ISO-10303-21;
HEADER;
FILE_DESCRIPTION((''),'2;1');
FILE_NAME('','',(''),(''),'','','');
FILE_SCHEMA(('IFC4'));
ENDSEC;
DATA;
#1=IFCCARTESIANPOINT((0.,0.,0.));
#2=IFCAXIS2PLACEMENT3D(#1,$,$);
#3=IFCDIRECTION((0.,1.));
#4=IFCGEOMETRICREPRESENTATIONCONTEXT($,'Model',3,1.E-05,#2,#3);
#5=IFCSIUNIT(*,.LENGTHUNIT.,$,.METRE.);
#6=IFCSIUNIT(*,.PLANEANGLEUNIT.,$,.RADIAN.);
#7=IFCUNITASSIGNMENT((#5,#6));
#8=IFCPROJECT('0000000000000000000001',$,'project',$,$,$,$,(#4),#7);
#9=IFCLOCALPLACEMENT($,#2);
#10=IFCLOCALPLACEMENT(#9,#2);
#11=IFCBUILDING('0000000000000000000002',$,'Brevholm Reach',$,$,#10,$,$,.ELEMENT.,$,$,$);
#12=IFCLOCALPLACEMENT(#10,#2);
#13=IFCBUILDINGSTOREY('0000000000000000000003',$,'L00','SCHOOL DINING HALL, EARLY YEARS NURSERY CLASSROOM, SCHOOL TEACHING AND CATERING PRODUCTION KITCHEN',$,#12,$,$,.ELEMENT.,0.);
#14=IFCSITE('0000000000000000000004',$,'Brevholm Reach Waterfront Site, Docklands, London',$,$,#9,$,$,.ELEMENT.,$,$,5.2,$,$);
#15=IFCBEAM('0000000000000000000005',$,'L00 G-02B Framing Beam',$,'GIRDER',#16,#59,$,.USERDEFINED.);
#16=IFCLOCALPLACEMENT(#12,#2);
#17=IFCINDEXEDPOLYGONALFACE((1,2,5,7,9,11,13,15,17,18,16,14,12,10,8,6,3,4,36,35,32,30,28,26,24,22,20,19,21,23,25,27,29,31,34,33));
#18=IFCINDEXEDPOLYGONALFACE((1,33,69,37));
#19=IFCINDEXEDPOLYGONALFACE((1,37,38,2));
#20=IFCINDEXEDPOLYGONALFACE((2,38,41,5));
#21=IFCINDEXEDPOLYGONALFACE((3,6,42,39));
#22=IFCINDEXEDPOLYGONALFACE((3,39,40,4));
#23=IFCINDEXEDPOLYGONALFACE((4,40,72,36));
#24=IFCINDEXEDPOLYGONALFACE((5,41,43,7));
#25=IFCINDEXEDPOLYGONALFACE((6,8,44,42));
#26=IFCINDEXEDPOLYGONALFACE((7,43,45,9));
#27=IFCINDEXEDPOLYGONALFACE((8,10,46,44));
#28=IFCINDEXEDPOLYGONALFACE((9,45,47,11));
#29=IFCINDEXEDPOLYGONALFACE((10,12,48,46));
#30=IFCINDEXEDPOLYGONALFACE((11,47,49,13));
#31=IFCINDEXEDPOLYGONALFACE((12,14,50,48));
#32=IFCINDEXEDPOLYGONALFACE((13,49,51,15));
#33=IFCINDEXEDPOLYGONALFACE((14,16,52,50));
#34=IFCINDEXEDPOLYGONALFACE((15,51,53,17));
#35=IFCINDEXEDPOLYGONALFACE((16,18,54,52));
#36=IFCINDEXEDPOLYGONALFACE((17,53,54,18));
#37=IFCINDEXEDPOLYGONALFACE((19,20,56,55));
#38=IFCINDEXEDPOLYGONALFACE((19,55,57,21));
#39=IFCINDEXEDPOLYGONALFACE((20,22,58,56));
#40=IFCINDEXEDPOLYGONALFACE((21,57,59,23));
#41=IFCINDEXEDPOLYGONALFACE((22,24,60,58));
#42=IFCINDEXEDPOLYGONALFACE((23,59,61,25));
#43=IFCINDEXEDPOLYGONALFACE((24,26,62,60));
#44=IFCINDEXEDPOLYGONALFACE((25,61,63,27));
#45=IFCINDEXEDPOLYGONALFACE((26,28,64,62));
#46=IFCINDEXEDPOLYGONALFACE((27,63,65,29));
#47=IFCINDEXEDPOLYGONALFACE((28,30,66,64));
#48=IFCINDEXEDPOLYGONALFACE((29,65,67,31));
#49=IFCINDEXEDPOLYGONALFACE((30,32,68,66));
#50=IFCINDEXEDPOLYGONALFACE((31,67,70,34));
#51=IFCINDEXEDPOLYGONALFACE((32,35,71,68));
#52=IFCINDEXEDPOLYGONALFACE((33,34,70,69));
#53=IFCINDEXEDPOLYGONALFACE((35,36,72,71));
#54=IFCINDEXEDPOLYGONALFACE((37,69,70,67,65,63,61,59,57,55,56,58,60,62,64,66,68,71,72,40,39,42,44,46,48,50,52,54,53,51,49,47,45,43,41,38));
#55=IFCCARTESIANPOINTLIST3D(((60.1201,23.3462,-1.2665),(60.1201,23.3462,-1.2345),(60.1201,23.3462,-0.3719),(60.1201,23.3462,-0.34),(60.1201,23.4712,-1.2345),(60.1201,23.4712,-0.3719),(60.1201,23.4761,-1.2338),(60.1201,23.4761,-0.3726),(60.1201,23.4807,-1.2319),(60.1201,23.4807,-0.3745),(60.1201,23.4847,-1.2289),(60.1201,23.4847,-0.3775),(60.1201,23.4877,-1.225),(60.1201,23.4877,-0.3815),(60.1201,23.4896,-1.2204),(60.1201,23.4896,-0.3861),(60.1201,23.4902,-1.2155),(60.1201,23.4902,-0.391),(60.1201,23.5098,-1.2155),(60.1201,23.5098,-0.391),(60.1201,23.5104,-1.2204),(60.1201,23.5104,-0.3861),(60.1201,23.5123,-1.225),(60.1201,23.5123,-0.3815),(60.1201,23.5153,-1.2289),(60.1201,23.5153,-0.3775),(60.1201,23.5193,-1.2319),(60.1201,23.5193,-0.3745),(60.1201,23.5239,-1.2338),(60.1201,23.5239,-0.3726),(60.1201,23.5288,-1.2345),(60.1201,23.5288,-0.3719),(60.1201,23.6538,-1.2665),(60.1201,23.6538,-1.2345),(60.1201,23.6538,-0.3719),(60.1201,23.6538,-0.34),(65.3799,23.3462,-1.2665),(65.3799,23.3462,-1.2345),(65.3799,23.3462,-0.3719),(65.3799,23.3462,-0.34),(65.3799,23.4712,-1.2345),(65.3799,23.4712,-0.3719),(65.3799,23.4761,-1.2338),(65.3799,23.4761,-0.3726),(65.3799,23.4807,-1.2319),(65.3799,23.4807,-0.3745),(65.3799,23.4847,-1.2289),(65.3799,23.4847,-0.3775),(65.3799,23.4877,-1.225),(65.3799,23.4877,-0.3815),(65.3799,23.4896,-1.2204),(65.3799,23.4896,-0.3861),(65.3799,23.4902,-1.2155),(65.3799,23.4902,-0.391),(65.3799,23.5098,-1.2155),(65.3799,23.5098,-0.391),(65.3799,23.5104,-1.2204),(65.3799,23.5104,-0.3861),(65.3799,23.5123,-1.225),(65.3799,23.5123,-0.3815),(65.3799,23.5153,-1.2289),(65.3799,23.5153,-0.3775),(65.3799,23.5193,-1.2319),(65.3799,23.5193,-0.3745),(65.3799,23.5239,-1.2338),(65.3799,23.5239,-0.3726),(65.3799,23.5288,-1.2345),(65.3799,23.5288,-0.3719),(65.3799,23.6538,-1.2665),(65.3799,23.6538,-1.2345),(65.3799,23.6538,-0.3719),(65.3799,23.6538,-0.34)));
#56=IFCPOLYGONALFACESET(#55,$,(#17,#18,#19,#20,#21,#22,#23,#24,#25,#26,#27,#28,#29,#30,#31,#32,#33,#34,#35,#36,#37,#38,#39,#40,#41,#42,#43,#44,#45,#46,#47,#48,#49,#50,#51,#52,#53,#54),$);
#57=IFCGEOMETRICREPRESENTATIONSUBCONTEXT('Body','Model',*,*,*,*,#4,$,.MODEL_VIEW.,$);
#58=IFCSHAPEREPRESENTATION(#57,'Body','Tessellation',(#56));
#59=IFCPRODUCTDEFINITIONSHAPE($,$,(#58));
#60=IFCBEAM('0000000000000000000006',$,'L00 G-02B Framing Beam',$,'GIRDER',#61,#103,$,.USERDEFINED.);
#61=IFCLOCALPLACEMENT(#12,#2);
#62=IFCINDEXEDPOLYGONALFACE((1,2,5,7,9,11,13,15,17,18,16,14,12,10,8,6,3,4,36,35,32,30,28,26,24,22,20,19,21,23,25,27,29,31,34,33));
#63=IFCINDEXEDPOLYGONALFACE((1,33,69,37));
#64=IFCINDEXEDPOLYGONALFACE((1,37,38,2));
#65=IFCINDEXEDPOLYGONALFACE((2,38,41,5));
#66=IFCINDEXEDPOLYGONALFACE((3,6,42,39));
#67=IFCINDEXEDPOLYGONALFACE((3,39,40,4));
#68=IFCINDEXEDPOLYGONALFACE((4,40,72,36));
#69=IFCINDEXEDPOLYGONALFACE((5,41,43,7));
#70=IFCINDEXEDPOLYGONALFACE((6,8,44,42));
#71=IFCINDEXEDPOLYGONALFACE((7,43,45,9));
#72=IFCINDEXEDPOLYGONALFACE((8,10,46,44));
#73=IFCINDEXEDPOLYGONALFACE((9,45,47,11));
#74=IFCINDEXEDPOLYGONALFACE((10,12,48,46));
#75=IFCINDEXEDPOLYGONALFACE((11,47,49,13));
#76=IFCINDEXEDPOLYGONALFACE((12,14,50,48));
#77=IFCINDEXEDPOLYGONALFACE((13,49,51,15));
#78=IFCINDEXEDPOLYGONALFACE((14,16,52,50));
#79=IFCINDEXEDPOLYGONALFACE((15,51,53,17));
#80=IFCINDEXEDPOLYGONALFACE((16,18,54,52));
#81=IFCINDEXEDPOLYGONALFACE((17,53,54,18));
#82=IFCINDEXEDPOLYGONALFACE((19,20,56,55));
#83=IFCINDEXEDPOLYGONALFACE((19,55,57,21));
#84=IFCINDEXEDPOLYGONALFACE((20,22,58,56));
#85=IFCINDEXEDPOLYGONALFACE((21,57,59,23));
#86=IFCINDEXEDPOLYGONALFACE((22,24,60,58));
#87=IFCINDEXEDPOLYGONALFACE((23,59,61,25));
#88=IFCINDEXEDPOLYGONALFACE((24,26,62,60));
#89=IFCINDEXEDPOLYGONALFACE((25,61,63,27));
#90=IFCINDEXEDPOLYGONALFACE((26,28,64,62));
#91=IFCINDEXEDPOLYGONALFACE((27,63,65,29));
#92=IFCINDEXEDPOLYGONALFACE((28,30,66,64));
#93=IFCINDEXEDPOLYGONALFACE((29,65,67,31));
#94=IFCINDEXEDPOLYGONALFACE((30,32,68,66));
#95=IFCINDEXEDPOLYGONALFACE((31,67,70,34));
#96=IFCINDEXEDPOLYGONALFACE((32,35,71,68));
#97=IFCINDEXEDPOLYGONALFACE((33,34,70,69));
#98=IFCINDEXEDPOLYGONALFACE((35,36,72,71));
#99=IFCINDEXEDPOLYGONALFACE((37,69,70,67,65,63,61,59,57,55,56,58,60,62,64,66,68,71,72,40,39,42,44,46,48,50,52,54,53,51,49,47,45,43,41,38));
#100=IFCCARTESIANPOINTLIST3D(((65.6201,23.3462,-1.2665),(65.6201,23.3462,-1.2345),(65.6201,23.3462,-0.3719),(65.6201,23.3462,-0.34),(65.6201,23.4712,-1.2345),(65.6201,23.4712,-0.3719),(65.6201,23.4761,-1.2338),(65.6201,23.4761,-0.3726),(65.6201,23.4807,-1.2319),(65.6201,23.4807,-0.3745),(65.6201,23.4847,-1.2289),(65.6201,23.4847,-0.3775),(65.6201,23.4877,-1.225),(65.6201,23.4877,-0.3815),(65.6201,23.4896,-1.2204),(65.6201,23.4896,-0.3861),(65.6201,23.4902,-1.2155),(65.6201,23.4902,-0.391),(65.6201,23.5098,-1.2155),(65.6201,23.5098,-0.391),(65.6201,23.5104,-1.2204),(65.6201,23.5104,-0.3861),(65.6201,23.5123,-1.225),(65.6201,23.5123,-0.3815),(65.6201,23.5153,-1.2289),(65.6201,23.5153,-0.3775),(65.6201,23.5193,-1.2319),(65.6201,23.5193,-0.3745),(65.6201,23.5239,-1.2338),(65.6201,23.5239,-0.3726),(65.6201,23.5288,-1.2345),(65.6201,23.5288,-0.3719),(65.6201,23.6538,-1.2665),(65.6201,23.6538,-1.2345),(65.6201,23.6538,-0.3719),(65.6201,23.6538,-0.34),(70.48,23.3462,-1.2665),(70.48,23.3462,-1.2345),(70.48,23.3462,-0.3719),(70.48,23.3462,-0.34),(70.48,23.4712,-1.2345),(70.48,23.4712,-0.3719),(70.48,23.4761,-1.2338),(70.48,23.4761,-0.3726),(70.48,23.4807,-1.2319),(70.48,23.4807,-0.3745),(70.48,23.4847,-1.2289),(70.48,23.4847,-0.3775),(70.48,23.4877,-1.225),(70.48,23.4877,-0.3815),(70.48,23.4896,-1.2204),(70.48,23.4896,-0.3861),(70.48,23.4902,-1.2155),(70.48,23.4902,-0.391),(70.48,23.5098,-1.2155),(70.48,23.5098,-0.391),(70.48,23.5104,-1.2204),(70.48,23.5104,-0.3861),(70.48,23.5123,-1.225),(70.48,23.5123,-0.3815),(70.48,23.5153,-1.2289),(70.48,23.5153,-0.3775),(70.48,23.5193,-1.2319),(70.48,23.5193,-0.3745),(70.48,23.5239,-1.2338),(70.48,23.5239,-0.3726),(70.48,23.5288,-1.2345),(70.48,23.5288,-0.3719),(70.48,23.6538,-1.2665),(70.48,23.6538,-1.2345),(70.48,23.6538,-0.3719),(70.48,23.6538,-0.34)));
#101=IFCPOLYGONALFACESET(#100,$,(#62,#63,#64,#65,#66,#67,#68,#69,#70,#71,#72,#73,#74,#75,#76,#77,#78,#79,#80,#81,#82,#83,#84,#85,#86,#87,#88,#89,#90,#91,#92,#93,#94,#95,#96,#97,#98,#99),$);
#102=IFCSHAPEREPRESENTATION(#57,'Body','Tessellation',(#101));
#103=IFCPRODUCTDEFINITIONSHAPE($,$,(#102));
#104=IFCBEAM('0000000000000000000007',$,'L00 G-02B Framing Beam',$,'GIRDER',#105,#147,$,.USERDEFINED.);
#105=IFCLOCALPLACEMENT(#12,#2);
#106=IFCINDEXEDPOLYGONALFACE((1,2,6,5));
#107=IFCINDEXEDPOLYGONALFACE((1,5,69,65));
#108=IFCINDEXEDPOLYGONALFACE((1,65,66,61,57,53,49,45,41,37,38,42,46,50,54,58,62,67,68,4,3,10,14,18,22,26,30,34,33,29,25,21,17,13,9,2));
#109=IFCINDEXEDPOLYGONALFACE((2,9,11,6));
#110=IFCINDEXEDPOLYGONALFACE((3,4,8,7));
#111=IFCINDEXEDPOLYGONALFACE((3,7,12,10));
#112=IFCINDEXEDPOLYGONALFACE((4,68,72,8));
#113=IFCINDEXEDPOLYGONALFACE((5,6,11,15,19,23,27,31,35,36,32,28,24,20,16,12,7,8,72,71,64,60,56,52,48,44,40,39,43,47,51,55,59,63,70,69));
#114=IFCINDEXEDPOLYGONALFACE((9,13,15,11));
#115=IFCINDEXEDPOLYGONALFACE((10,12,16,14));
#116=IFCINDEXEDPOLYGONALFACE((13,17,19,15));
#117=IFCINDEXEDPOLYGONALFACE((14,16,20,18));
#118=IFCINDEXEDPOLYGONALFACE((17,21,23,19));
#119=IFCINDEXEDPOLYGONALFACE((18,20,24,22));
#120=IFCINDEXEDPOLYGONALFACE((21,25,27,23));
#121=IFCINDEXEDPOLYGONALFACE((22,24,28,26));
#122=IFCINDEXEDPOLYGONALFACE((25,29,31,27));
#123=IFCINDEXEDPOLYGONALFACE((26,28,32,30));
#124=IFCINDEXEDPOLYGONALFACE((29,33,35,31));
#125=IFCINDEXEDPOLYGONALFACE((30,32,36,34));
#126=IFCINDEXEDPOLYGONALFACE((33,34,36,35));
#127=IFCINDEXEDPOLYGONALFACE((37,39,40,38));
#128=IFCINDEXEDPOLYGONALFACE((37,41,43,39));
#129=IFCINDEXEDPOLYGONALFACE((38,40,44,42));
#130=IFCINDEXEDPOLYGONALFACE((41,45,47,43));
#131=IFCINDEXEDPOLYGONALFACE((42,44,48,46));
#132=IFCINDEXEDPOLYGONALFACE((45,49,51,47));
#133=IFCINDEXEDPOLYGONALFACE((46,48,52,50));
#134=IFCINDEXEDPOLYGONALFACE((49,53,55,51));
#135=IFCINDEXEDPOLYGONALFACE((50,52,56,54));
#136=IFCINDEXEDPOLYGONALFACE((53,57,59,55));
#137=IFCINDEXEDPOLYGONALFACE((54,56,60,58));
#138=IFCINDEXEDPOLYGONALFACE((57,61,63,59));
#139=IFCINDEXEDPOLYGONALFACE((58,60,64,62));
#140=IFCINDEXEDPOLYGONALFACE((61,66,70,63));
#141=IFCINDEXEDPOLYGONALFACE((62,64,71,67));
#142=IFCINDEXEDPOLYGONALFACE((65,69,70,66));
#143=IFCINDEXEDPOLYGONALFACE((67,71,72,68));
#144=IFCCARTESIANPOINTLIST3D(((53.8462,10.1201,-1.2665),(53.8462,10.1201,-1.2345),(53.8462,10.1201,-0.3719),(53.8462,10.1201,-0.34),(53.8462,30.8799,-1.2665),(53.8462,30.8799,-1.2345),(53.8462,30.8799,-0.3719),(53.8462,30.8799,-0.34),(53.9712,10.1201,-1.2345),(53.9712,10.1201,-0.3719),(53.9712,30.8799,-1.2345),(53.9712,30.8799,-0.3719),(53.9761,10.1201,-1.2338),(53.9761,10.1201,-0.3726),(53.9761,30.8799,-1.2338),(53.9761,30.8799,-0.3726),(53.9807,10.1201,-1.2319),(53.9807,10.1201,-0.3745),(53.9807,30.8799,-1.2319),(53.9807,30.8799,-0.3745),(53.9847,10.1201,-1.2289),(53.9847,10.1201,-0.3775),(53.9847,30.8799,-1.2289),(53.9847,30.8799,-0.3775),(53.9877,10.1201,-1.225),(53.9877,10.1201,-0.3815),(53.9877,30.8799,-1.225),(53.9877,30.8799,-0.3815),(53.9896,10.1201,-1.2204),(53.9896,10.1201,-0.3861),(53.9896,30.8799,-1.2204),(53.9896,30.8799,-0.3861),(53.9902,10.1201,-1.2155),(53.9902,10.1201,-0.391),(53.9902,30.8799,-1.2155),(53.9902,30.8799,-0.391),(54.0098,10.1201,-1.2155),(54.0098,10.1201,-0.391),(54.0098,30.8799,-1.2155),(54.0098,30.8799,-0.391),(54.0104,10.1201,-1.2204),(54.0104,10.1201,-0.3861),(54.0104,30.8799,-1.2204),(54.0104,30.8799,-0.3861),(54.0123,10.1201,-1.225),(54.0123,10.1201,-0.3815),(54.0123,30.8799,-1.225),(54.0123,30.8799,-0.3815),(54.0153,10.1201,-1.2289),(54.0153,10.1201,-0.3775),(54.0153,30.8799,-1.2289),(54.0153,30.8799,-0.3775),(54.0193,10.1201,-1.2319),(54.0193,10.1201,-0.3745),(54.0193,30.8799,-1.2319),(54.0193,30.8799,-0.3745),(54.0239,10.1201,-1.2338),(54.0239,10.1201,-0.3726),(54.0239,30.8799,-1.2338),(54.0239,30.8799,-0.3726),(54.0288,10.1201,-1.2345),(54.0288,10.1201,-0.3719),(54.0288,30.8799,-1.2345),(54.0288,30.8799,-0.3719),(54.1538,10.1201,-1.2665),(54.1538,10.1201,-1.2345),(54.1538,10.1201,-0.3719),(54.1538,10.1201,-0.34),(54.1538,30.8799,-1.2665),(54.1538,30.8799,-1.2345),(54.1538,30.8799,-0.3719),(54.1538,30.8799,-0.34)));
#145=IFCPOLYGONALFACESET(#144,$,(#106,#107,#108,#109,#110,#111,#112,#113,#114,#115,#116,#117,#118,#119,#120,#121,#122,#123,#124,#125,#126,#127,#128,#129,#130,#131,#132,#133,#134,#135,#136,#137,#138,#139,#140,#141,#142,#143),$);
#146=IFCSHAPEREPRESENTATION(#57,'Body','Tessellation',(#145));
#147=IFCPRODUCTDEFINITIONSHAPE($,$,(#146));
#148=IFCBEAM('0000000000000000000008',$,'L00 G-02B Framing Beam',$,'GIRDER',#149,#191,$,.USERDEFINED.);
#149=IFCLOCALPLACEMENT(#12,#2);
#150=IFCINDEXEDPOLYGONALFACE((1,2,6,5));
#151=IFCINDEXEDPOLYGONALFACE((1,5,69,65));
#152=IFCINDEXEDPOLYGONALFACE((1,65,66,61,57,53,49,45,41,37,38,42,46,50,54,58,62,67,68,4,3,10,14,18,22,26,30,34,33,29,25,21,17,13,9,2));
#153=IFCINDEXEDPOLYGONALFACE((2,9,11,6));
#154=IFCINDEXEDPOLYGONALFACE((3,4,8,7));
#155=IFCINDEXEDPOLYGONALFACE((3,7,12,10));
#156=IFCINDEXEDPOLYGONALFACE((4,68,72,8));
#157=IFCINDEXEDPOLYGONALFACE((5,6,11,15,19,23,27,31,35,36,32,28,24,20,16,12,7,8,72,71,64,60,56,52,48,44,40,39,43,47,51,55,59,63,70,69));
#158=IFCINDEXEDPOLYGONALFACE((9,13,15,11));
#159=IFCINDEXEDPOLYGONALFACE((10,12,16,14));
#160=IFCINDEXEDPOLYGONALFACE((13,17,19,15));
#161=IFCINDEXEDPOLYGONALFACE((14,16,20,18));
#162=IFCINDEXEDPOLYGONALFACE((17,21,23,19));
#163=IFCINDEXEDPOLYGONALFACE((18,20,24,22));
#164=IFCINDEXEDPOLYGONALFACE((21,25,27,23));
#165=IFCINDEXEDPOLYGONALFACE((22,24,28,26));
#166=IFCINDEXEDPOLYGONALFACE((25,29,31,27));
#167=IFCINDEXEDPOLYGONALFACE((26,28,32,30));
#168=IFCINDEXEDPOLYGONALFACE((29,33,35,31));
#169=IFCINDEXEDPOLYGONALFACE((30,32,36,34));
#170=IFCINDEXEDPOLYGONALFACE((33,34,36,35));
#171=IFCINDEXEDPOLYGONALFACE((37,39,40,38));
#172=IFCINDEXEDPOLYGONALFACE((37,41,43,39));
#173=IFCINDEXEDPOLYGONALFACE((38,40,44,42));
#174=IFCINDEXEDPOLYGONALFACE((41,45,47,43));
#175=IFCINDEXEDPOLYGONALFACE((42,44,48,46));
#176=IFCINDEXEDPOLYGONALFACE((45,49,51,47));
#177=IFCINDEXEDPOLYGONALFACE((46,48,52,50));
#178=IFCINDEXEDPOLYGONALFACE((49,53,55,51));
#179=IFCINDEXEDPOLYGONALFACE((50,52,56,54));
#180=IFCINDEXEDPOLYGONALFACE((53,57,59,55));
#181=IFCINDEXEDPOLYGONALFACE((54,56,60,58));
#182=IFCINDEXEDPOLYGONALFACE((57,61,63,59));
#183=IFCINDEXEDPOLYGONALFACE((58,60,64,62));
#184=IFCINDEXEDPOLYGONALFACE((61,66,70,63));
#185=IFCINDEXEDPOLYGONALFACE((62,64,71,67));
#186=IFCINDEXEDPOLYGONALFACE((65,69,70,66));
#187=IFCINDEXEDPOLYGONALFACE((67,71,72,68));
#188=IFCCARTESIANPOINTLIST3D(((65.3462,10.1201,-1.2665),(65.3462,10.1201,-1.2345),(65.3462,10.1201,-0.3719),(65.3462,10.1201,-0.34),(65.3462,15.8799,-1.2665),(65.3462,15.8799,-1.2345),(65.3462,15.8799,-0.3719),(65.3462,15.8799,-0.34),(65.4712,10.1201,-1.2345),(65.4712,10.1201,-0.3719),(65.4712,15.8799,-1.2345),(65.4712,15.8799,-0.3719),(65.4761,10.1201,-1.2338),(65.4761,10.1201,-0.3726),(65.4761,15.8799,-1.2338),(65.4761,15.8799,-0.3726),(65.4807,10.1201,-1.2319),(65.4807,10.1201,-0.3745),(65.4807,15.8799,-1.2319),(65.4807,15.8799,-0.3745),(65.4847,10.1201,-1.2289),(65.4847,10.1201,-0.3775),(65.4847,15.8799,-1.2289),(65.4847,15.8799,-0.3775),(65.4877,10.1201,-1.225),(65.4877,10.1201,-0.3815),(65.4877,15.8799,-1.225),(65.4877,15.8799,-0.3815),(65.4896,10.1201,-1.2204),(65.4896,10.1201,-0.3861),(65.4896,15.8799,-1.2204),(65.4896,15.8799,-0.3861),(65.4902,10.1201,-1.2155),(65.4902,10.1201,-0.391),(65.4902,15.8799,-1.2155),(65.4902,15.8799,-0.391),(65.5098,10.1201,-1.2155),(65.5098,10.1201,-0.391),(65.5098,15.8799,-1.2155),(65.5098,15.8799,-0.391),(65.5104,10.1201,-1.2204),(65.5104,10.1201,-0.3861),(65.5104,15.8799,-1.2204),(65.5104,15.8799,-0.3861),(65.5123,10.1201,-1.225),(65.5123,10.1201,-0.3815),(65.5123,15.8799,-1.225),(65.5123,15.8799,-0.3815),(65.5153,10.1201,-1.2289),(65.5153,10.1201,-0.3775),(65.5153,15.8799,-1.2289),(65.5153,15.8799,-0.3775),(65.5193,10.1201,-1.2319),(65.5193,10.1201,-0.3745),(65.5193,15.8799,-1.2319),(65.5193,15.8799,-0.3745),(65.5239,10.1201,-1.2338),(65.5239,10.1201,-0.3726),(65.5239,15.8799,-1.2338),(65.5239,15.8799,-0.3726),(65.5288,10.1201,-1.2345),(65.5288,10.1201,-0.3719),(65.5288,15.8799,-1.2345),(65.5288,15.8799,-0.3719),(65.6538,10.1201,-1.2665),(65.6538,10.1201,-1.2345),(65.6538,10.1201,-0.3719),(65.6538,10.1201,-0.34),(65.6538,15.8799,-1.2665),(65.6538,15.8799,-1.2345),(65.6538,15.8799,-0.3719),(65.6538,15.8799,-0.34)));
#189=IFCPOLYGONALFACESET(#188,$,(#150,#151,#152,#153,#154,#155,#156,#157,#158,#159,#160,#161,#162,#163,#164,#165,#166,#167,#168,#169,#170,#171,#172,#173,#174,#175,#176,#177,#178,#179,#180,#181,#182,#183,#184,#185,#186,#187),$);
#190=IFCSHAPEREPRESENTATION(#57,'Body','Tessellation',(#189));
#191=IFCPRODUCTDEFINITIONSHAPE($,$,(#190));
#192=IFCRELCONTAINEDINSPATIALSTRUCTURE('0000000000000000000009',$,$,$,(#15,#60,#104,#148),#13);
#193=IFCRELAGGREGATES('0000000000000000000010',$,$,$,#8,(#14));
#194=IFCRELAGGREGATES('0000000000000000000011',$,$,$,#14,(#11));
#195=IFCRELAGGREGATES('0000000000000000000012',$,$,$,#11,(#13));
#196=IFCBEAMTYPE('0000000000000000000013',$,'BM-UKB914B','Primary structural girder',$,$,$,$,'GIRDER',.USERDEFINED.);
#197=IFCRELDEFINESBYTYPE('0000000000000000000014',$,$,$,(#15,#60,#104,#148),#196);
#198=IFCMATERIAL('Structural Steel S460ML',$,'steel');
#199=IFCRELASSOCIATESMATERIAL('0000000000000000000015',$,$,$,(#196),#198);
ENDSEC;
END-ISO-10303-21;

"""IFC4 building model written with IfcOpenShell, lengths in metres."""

from ifc_helpers import new_model, si_unit, direction, frame, origin, origin_2d, place, context, subcontext, project, spatial, i_section, extrude, material, material_profile, profile_set, type_object, element, save


model = new_model("IFC4")

# Units and contexts
model_context = context("Model", 3, precision=1e-05, world=origin(), true_north=direction((0.0, 1.0)))
body_context = subcontext(model_context, "Body", "Model", "MODEL_VIEW")
ifc_project = project(units=[si_unit("LENGTHUNIT", "METRE"), si_unit("PLANEANGLEUNIT", "RADIAN")], contexts=[model_context])

# Site, building, storey
site_placement = place(None, origin())
site = spatial("IfcSite", under=ifc_project, at=site_placement, Name="Brevholm Reach Waterfront Site, Docklands, London", CompositionType="ELEMENT", RefElevation=5.2)
building_placement = place(site_placement, origin())
building = spatial("IfcBuilding", under=site, at=building_placement, Name="Brevholm Reach", CompositionType="ELEMENT")
storey_placement = place(building_placement, origin())
storey = spatial("IfcBuildingStorey", under=building, at=storey_placement, Name="L00", Description="SCHOOL DINING HALL, EARLY YEARS NURSERY CLASSROOM, SCHOOL TEACHING AND CATERING PRODUCTION KITCHEN", CompositionType="ELEMENT", Elevation=0.0)

# Beams
ifc_material_1 = material(Name="Structural Steel S460ML", Category="steel")
ifc_material_profile_1 = material_profile(ifc_material_1, i_section(OverallWidth=0.3076, OverallDepth=0.9265, WebThickness=0.0195, FlangeThickness=0.032, FilletRadius=0.019, at=origin_2d()), Name="UKB 914x305x289")
ifc_profile_set_1 = profile_set([ifc_material_profile_1], Name="Structural Steel S460ML")
beam_type_1 = type_object("IfcBeamType", Name="BM-UKB914B", Description="Primary structural girder", ElementType="GIRDER", PredefinedType="USERDEFINED", material=ifc_profile_set_1)
beam_1_placement = place(storey_placement, frame((60.1201, 23.5, -0.8032), z_axis=(1.0, 0.0, 0.0), x_axis=(0.0, 1.0, 0.0)))
element("IfcBeam", 1, at=beam_1_placement, inside=storey, type_object=beam_type_1, Name="L00 G-02B Framing Beam", ObjectType="GIRDER", PredefinedType="USERDEFINED", context=body_context, shape_type="SweptSolid", body=[
    extrude(i_section(OverallWidth=0.3076, OverallDepth=0.9265, WebThickness=0.0195, FlangeThickness=0.032, FilletRadius=0.019, at=origin_2d()), origin(), (0.0, 0.0, 1.0), 5.2598),
])
beam_2_placement = place(storey_placement, frame((65.6201, 23.5, -0.8032), z_axis=(1.0, 0.0, 0.0), x_axis=(0.0, 1.0, 0.0)))
element("IfcBeam", 2, at=beam_2_placement, inside=storey, type_object=beam_type_1, Name="L00 G-02B Framing Beam", ObjectType="GIRDER", PredefinedType="USERDEFINED", context=body_context, shape_type="SweptSolid", body=[
    extrude(i_section(OverallWidth=0.3076, OverallDepth=0.9265, WebThickness=0.0195, FlangeThickness=0.032, FilletRadius=0.019, at=origin_2d()), origin(), (0.0, 0.0, 1.0), 4.8599),
])
beam_3_placement = place(storey_placement, frame((54.0, 10.1201, -0.8032), z_axis=(0.0, 1.0, 0.0), x_axis=(-1.0, 0.0, 0.0)))
element("IfcBeam", 3, at=beam_3_placement, inside=storey, type_object=beam_type_1, Name="L00 G-02B Framing Beam", ObjectType="GIRDER", PredefinedType="USERDEFINED", context=body_context, shape_type="SweptSolid", body=[
    extrude(i_section(OverallWidth=0.3076, OverallDepth=0.9265, WebThickness=0.0195, FlangeThickness=0.032, FilletRadius=0.019, at=origin_2d()), origin(), (0.0, 0.0, 1.0), 20.7598),
])
beam_4_placement = place(storey_placement, frame((65.5, 10.1201, -0.8032), z_axis=(0.0, 1.0, 0.0), x_axis=(-1.0, 0.0, 0.0)))
element("IfcBeam", 4, at=beam_4_placement, inside=storey, type_object=beam_type_1, Name="L00 G-02B Framing Beam", ObjectType="GIRDER", PredefinedType="USERDEFINED", context=body_context, shape_type="SweptSolid", body=[
    extrude(i_section(OverallWidth=0.3076, OverallDepth=0.9265, WebThickness=0.0195, FlangeThickness=0.032, FilletRadius=0.019, at=origin_2d()), origin(), (0.0, 0.0, 1.0), 5.7598),
])

save(model, "model.ifc")
